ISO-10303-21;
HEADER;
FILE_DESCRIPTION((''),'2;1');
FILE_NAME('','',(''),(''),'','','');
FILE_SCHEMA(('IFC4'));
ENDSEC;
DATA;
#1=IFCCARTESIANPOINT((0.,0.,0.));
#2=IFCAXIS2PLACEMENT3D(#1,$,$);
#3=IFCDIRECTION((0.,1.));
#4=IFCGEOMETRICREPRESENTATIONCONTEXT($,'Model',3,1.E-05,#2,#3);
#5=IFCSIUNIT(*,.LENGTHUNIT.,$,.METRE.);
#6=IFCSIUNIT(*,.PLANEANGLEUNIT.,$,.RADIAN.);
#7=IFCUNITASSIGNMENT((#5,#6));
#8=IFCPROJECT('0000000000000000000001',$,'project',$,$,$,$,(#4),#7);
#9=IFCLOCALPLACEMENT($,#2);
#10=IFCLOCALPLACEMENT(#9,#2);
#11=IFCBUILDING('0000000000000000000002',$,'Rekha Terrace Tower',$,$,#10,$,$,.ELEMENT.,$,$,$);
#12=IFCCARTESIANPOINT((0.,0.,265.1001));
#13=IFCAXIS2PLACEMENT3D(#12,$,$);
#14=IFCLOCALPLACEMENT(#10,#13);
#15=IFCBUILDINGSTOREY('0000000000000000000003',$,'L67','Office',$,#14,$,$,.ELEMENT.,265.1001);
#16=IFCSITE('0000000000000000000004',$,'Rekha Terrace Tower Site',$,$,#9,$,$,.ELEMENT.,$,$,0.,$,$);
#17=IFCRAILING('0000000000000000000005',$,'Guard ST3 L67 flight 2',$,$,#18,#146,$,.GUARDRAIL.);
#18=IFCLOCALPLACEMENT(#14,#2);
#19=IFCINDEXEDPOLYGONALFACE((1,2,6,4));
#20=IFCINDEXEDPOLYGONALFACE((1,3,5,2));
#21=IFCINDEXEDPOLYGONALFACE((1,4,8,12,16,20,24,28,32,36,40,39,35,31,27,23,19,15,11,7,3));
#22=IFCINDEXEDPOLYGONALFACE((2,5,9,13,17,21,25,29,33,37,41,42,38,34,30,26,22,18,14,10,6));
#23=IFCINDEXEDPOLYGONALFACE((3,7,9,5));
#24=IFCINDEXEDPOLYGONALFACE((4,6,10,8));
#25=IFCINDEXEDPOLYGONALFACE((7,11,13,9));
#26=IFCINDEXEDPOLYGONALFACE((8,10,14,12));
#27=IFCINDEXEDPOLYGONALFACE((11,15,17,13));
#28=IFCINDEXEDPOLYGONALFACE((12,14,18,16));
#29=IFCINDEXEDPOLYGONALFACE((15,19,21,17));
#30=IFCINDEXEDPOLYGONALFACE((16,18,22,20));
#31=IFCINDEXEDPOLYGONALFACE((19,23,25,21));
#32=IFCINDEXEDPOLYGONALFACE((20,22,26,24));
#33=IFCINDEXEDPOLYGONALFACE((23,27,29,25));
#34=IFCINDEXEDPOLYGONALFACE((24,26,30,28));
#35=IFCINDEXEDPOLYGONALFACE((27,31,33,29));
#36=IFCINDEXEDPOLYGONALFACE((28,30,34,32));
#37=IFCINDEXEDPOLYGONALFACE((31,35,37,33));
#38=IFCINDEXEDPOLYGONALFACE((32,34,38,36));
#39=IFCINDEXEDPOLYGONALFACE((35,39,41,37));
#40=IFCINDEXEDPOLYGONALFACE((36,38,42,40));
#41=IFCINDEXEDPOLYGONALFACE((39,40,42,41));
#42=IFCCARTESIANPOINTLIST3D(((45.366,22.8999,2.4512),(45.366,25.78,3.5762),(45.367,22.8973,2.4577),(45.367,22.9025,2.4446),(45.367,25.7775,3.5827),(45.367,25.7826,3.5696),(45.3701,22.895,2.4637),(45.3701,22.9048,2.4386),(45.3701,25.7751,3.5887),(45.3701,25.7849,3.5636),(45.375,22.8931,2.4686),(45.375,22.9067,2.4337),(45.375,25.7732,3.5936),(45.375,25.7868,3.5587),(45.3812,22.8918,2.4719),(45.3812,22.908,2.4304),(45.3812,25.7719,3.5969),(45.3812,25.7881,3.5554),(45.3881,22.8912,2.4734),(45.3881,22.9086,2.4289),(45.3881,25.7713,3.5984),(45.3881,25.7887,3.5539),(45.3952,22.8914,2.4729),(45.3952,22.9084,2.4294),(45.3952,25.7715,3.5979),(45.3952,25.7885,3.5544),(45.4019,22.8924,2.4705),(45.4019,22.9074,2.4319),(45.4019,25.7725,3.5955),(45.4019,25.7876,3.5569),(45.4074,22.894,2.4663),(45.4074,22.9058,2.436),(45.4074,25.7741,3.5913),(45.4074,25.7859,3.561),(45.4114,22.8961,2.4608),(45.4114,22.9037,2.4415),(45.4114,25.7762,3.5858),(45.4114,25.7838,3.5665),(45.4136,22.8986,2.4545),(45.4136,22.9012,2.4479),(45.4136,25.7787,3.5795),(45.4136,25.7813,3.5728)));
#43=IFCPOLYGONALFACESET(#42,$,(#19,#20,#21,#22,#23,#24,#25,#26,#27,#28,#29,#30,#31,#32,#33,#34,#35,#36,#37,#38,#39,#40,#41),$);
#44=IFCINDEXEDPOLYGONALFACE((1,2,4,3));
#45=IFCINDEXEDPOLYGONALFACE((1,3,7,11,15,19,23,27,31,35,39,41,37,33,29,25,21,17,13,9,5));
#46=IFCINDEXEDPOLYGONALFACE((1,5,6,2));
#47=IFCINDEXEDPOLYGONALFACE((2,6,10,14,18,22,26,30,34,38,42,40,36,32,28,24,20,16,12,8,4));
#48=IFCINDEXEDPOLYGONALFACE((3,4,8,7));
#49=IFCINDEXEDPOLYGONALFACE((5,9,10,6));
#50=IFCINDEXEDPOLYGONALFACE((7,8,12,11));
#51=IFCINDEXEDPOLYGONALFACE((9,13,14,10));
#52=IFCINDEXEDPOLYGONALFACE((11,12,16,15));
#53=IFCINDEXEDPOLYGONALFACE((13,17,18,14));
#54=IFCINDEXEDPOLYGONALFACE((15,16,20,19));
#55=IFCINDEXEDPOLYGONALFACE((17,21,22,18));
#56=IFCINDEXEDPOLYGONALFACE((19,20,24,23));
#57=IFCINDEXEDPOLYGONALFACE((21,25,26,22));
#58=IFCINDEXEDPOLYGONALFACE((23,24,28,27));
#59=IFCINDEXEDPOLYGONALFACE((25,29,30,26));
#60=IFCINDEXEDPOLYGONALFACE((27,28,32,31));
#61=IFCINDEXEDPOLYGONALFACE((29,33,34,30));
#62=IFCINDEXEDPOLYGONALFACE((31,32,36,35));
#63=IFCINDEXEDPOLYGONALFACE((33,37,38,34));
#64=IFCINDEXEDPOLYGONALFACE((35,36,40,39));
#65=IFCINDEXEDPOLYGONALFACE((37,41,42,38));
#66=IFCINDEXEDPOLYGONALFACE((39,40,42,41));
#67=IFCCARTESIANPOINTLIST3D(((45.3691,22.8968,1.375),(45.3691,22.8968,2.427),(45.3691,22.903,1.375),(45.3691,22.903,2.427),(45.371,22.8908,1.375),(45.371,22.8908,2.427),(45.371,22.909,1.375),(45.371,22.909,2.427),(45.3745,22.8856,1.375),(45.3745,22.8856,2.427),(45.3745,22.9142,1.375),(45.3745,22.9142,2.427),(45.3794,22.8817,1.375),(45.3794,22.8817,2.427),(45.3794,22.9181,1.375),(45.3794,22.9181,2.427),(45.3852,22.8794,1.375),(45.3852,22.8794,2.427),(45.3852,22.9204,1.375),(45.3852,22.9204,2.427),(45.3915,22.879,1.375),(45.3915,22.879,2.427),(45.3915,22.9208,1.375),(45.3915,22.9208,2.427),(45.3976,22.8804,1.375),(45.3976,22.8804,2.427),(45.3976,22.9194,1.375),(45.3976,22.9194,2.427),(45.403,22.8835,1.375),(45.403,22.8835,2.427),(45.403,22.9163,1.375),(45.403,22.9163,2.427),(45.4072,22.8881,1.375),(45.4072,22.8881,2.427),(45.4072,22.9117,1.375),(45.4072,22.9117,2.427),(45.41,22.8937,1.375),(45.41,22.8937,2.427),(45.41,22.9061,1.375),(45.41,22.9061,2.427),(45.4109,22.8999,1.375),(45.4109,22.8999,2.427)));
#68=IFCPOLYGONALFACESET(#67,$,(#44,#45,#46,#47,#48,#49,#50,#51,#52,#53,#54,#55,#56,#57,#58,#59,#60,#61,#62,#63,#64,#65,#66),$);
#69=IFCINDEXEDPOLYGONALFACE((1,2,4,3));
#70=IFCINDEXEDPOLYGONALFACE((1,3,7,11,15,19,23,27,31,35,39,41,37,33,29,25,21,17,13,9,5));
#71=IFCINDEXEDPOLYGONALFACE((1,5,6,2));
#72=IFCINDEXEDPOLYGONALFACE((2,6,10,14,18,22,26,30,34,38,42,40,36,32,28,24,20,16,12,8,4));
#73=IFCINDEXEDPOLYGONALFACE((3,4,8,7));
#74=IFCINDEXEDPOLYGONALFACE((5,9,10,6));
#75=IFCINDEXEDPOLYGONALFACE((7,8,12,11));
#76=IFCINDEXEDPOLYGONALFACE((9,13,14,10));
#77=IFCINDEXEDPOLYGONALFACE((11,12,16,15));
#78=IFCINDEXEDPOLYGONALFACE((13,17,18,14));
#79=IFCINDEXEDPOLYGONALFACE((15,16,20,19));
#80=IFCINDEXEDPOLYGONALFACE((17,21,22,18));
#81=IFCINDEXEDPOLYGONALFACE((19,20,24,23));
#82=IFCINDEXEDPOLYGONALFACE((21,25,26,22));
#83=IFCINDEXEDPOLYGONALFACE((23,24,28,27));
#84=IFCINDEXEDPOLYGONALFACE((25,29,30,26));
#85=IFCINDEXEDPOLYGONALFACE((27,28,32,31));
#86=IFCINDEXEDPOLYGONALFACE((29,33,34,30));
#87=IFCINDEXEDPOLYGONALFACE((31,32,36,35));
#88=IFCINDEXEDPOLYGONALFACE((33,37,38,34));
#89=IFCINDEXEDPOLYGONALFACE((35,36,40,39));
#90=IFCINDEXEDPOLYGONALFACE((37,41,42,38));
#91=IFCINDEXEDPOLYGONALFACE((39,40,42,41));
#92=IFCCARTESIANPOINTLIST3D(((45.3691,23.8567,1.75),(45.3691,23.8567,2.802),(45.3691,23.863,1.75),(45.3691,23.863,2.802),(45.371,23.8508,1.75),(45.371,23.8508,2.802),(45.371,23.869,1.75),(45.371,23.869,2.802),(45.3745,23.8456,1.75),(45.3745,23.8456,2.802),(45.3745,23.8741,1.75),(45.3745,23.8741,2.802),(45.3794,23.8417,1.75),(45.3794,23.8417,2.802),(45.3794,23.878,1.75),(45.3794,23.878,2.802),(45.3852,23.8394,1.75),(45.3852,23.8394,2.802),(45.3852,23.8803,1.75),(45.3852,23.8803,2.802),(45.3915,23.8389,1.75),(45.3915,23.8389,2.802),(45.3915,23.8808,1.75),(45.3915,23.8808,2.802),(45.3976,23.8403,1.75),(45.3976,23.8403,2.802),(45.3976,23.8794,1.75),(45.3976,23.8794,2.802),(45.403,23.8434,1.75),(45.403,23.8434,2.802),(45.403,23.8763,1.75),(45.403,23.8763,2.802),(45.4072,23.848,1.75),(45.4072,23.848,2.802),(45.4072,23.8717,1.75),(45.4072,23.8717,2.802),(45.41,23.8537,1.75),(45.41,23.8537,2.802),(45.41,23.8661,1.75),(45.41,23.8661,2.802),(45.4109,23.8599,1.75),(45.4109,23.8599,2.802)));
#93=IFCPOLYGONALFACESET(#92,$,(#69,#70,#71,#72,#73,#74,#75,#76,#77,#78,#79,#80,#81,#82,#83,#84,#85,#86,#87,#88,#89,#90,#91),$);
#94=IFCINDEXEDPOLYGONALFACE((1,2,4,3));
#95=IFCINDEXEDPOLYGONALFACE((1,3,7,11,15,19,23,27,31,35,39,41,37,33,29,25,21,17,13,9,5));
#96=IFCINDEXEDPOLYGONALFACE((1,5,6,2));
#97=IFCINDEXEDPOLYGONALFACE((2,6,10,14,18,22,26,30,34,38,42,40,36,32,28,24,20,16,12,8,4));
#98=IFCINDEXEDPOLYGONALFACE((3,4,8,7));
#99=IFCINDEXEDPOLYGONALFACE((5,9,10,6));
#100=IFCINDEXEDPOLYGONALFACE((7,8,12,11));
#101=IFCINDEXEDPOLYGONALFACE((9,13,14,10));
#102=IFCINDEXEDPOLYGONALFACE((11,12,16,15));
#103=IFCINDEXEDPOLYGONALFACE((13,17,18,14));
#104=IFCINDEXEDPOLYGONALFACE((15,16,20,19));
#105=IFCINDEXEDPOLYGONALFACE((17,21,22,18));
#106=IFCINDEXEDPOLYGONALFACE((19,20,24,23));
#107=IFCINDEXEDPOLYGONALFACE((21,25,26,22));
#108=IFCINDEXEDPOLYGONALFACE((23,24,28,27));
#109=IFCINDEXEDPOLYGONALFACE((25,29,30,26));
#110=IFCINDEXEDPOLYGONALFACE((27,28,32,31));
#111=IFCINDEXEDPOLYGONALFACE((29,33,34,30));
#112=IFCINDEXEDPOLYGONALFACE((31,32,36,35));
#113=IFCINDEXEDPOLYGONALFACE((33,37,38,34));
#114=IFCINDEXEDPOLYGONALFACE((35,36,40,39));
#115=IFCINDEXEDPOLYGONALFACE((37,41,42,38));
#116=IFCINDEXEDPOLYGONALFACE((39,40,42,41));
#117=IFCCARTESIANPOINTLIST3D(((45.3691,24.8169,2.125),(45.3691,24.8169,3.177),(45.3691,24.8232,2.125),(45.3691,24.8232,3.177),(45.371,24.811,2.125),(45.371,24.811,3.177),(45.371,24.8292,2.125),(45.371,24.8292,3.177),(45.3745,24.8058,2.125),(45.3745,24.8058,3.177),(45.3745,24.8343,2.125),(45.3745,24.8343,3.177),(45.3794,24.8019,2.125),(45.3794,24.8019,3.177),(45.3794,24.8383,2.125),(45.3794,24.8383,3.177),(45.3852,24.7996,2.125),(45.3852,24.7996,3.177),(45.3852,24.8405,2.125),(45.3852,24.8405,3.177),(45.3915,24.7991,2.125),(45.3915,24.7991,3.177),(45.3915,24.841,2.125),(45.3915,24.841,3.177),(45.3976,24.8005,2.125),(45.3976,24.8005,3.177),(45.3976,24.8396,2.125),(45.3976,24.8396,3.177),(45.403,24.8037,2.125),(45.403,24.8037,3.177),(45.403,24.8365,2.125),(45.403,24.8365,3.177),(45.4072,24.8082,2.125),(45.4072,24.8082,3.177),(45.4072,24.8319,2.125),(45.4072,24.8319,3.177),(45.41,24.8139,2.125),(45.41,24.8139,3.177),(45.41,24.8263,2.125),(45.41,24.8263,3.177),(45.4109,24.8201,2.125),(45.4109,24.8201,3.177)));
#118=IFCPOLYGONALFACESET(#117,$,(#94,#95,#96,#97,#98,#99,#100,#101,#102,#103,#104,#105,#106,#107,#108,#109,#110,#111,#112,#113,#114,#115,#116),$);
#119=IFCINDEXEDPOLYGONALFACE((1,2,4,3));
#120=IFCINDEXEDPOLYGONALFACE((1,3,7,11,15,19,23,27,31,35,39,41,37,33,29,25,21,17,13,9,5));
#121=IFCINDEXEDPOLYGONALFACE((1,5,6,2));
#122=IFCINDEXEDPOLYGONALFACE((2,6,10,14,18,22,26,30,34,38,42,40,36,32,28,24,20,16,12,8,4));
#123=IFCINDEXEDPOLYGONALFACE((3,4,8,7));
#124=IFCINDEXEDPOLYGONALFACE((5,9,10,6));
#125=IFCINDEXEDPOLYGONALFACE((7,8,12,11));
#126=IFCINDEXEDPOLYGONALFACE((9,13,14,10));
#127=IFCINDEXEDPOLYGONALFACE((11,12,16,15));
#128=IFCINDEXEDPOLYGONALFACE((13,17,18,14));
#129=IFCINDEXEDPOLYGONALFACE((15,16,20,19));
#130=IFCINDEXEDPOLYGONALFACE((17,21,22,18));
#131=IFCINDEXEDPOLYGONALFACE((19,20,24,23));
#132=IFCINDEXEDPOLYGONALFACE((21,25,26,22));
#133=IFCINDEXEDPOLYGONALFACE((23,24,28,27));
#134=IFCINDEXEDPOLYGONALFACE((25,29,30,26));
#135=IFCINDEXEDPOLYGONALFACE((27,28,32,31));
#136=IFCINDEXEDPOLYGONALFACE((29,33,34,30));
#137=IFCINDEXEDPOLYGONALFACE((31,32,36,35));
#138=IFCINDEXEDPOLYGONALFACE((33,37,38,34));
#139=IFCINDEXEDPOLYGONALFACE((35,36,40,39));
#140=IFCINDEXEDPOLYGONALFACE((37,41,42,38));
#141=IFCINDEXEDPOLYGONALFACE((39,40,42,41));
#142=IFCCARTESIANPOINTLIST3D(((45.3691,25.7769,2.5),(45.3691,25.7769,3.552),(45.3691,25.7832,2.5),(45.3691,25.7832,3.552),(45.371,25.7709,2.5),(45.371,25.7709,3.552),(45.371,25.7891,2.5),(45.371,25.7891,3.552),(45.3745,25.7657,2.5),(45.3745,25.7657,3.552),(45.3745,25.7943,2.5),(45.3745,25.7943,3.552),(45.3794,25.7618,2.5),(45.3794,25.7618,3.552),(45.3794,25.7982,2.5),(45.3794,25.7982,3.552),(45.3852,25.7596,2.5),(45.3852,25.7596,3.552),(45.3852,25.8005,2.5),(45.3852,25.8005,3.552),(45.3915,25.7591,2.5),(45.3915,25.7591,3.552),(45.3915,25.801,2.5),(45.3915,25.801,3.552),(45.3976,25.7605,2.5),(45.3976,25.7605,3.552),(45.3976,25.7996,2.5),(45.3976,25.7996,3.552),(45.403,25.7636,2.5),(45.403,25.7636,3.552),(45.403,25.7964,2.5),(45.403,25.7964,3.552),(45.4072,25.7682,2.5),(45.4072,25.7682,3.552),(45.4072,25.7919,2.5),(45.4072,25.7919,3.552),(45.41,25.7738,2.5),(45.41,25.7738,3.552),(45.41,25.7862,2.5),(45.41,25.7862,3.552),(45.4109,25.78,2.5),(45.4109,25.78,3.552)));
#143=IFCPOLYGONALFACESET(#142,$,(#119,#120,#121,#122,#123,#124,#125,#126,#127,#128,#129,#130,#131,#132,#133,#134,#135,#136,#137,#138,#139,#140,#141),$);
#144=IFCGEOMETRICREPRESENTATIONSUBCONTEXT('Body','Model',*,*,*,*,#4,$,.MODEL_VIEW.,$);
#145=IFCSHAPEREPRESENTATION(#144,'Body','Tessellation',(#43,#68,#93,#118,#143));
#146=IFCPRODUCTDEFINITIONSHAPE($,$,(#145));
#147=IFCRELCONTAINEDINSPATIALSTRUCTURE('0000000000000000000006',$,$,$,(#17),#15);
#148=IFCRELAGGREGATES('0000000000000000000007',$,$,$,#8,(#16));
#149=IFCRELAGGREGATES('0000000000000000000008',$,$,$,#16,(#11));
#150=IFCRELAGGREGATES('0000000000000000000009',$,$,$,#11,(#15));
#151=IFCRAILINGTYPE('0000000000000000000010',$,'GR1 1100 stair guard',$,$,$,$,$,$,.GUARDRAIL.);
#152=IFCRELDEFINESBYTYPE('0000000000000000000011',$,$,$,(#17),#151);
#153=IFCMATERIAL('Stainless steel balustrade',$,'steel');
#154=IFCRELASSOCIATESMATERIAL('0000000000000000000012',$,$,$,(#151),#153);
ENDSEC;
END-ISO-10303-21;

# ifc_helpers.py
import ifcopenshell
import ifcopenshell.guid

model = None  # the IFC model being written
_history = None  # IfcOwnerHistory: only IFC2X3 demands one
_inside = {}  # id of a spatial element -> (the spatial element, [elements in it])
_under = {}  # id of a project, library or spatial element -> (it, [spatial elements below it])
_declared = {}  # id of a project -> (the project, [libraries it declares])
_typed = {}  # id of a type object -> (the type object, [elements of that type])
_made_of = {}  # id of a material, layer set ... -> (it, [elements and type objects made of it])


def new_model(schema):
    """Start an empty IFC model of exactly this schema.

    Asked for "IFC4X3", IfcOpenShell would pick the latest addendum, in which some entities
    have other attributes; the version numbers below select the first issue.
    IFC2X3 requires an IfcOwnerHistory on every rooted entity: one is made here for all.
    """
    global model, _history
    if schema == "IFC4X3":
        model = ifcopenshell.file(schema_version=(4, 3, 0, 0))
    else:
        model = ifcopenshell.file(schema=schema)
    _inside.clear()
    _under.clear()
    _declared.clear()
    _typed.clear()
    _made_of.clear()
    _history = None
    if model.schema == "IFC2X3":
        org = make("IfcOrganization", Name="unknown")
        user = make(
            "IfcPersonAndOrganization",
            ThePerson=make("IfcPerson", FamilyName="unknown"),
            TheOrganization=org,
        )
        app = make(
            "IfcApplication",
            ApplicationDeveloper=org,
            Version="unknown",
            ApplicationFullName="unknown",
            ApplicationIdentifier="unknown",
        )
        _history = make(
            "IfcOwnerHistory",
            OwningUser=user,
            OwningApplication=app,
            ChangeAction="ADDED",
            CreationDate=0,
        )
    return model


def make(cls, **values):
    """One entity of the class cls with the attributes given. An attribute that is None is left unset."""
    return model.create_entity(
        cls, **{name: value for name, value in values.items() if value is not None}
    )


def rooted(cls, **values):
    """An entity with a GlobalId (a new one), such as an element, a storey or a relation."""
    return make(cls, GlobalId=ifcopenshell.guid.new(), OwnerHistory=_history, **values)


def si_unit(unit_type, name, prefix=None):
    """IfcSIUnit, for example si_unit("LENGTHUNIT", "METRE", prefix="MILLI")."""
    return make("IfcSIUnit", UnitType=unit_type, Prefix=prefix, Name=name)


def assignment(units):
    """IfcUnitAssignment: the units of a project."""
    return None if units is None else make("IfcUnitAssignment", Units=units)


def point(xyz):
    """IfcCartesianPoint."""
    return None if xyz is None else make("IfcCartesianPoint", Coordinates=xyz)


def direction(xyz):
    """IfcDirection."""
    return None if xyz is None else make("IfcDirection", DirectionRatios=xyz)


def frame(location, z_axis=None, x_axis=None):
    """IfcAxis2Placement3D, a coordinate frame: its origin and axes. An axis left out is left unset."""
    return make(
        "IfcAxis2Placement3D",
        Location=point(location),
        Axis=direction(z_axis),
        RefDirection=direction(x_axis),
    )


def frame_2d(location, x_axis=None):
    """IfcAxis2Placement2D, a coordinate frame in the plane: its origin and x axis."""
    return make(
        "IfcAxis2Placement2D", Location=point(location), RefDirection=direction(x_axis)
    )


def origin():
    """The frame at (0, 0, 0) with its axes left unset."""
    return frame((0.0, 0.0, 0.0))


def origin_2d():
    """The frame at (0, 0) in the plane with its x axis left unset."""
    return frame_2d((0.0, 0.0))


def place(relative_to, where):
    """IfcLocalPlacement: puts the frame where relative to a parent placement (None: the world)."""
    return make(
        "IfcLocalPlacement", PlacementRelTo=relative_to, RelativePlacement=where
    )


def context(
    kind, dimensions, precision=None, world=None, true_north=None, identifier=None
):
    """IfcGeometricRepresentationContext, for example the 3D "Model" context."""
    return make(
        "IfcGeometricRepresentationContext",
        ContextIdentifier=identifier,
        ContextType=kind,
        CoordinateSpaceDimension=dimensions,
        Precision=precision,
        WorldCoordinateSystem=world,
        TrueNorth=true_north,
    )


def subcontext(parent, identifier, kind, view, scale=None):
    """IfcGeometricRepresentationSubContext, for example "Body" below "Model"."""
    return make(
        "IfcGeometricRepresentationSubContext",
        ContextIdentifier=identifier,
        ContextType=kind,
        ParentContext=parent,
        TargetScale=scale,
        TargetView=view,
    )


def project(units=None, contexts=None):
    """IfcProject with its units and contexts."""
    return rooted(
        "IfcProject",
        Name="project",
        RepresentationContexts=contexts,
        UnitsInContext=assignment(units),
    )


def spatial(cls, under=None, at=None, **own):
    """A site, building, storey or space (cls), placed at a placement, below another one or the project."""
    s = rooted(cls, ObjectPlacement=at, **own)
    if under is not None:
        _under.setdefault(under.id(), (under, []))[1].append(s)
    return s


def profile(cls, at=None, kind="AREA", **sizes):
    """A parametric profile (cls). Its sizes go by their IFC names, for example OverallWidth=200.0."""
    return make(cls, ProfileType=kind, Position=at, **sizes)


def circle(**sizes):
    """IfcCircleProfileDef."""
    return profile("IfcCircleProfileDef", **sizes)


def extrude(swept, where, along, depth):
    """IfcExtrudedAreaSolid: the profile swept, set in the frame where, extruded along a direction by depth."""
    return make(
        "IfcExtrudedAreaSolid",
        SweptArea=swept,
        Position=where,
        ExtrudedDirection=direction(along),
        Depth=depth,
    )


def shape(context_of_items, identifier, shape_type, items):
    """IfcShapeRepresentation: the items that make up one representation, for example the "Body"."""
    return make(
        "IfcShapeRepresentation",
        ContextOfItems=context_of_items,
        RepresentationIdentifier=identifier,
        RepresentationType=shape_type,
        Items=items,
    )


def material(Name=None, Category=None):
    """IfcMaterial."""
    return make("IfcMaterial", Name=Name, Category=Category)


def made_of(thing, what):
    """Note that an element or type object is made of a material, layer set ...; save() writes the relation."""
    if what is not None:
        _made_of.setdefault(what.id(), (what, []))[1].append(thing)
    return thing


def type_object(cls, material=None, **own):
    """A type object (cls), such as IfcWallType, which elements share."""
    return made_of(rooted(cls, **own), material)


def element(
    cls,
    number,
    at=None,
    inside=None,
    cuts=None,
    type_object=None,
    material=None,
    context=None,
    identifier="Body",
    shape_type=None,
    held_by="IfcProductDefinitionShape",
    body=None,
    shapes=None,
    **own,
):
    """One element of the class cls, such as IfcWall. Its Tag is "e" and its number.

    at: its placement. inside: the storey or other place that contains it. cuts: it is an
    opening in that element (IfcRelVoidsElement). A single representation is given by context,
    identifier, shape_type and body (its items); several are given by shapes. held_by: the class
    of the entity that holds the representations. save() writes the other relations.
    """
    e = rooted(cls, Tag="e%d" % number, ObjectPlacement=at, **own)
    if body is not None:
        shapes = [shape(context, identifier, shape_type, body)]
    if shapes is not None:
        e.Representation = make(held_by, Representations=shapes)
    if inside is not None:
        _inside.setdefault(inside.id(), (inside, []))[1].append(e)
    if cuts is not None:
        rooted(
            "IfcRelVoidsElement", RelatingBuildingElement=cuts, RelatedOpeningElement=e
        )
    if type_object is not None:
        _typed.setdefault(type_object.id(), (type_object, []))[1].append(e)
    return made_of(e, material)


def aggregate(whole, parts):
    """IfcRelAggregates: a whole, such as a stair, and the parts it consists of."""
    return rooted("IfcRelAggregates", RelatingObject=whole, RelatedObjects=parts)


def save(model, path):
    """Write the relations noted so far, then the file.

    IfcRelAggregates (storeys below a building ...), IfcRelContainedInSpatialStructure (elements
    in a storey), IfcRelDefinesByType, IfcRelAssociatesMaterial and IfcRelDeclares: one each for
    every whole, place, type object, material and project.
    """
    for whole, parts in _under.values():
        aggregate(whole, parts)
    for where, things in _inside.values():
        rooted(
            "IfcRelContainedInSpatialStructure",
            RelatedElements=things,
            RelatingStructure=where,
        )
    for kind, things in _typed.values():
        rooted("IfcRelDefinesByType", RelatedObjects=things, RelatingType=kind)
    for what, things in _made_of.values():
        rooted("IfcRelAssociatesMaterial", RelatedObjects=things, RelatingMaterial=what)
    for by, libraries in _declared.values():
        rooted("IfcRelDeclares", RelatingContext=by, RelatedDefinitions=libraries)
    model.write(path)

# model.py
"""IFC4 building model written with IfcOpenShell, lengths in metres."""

from ifc_helpers import new_model, si_unit, direction, frame, origin, origin_2d, place, context, subcontext, project, spatial, circle, extrude, material, type_object, element, save


model = new_model("IFC4")

# Units and contexts
model_context = context("Model", 3, precision=1e-05, world=origin(), true_north=direction((0.0, 1.0)))
body_context = subcontext(model_context, "Body", "Model", "MODEL_VIEW")
ifc_project = project(units=[si_unit("LENGTHUNIT", "METRE"), si_unit("PLANEANGLEUNIT", "RADIAN")], contexts=[model_context])

# Site, building, storey
site_placement = place(None, origin())
site = spatial("IfcSite", under=ifc_project, at=site_placement, Name="Rekha Terrace Tower Site", CompositionType="ELEMENT", RefElevation=0.0)
building_placement = place(site_placement, origin())
building = spatial("IfcBuilding", under=site, at=building_placement, Name="Rekha Terrace Tower", CompositionType="ELEMENT")
storey_placement = place(building_placement, frame((0.0, 0.0, 265.1001)))
storey = spatial("IfcBuildingStorey", under=building, at=storey_placement, Name="L67", Description="Office", CompositionType="ELEMENT", Elevation=265.1001)

# Railing
ifc_material_1 = material(Name="Stainless steel balustrade", Category="steel")
railing_type_1 = type_object("IfcRailingType", Name="GR1 1100 stair guard", PredefinedType="GUARDRAIL", material=ifc_material_1)
railing_1_placement = place(storey_placement, frame((45.3899, 22.8999, 1.375)))
element("IfcRailing", 1, at=railing_1_placement, inside=storey, type_object=railing_type_1, Name="Guard ST3 L67 flight 2", PredefinedType="GUARDRAIL", context=body_context, shape_type="SweptSolid", body=[
    extrude(circle(Radius=0.0239, at=origin_2d()), frame((0.0, 0.0, 1.0762), z_axis=(0.0, 0.931463, 0.363837), x_axis=(-1.0, 0.0, 0.0)), (0.0, 0.0, 1.0), 3.092),
    extrude(circle(Radius=0.021, at=origin_2d()), origin(), (0.0, 0.0, 1.0), 1.052),
    extrude(circle(Radius=0.021, at=origin_2d()), frame((0.0, 0.96, 0.375)), (0.0, 0.0, 1.0), 1.052),
    extrude(circle(Radius=0.021, at=origin_2d()), frame((0.0, 1.9202, 0.75)), (0.0, 0.0, 1.0), 1.052),
    extrude(circle(Radius=0.021, at=origin_2d()), frame((0.0, 2.8801, 1.125)), (0.0, 0.0, 1.0), 1.052),
])

save(model, "model.ifc")
